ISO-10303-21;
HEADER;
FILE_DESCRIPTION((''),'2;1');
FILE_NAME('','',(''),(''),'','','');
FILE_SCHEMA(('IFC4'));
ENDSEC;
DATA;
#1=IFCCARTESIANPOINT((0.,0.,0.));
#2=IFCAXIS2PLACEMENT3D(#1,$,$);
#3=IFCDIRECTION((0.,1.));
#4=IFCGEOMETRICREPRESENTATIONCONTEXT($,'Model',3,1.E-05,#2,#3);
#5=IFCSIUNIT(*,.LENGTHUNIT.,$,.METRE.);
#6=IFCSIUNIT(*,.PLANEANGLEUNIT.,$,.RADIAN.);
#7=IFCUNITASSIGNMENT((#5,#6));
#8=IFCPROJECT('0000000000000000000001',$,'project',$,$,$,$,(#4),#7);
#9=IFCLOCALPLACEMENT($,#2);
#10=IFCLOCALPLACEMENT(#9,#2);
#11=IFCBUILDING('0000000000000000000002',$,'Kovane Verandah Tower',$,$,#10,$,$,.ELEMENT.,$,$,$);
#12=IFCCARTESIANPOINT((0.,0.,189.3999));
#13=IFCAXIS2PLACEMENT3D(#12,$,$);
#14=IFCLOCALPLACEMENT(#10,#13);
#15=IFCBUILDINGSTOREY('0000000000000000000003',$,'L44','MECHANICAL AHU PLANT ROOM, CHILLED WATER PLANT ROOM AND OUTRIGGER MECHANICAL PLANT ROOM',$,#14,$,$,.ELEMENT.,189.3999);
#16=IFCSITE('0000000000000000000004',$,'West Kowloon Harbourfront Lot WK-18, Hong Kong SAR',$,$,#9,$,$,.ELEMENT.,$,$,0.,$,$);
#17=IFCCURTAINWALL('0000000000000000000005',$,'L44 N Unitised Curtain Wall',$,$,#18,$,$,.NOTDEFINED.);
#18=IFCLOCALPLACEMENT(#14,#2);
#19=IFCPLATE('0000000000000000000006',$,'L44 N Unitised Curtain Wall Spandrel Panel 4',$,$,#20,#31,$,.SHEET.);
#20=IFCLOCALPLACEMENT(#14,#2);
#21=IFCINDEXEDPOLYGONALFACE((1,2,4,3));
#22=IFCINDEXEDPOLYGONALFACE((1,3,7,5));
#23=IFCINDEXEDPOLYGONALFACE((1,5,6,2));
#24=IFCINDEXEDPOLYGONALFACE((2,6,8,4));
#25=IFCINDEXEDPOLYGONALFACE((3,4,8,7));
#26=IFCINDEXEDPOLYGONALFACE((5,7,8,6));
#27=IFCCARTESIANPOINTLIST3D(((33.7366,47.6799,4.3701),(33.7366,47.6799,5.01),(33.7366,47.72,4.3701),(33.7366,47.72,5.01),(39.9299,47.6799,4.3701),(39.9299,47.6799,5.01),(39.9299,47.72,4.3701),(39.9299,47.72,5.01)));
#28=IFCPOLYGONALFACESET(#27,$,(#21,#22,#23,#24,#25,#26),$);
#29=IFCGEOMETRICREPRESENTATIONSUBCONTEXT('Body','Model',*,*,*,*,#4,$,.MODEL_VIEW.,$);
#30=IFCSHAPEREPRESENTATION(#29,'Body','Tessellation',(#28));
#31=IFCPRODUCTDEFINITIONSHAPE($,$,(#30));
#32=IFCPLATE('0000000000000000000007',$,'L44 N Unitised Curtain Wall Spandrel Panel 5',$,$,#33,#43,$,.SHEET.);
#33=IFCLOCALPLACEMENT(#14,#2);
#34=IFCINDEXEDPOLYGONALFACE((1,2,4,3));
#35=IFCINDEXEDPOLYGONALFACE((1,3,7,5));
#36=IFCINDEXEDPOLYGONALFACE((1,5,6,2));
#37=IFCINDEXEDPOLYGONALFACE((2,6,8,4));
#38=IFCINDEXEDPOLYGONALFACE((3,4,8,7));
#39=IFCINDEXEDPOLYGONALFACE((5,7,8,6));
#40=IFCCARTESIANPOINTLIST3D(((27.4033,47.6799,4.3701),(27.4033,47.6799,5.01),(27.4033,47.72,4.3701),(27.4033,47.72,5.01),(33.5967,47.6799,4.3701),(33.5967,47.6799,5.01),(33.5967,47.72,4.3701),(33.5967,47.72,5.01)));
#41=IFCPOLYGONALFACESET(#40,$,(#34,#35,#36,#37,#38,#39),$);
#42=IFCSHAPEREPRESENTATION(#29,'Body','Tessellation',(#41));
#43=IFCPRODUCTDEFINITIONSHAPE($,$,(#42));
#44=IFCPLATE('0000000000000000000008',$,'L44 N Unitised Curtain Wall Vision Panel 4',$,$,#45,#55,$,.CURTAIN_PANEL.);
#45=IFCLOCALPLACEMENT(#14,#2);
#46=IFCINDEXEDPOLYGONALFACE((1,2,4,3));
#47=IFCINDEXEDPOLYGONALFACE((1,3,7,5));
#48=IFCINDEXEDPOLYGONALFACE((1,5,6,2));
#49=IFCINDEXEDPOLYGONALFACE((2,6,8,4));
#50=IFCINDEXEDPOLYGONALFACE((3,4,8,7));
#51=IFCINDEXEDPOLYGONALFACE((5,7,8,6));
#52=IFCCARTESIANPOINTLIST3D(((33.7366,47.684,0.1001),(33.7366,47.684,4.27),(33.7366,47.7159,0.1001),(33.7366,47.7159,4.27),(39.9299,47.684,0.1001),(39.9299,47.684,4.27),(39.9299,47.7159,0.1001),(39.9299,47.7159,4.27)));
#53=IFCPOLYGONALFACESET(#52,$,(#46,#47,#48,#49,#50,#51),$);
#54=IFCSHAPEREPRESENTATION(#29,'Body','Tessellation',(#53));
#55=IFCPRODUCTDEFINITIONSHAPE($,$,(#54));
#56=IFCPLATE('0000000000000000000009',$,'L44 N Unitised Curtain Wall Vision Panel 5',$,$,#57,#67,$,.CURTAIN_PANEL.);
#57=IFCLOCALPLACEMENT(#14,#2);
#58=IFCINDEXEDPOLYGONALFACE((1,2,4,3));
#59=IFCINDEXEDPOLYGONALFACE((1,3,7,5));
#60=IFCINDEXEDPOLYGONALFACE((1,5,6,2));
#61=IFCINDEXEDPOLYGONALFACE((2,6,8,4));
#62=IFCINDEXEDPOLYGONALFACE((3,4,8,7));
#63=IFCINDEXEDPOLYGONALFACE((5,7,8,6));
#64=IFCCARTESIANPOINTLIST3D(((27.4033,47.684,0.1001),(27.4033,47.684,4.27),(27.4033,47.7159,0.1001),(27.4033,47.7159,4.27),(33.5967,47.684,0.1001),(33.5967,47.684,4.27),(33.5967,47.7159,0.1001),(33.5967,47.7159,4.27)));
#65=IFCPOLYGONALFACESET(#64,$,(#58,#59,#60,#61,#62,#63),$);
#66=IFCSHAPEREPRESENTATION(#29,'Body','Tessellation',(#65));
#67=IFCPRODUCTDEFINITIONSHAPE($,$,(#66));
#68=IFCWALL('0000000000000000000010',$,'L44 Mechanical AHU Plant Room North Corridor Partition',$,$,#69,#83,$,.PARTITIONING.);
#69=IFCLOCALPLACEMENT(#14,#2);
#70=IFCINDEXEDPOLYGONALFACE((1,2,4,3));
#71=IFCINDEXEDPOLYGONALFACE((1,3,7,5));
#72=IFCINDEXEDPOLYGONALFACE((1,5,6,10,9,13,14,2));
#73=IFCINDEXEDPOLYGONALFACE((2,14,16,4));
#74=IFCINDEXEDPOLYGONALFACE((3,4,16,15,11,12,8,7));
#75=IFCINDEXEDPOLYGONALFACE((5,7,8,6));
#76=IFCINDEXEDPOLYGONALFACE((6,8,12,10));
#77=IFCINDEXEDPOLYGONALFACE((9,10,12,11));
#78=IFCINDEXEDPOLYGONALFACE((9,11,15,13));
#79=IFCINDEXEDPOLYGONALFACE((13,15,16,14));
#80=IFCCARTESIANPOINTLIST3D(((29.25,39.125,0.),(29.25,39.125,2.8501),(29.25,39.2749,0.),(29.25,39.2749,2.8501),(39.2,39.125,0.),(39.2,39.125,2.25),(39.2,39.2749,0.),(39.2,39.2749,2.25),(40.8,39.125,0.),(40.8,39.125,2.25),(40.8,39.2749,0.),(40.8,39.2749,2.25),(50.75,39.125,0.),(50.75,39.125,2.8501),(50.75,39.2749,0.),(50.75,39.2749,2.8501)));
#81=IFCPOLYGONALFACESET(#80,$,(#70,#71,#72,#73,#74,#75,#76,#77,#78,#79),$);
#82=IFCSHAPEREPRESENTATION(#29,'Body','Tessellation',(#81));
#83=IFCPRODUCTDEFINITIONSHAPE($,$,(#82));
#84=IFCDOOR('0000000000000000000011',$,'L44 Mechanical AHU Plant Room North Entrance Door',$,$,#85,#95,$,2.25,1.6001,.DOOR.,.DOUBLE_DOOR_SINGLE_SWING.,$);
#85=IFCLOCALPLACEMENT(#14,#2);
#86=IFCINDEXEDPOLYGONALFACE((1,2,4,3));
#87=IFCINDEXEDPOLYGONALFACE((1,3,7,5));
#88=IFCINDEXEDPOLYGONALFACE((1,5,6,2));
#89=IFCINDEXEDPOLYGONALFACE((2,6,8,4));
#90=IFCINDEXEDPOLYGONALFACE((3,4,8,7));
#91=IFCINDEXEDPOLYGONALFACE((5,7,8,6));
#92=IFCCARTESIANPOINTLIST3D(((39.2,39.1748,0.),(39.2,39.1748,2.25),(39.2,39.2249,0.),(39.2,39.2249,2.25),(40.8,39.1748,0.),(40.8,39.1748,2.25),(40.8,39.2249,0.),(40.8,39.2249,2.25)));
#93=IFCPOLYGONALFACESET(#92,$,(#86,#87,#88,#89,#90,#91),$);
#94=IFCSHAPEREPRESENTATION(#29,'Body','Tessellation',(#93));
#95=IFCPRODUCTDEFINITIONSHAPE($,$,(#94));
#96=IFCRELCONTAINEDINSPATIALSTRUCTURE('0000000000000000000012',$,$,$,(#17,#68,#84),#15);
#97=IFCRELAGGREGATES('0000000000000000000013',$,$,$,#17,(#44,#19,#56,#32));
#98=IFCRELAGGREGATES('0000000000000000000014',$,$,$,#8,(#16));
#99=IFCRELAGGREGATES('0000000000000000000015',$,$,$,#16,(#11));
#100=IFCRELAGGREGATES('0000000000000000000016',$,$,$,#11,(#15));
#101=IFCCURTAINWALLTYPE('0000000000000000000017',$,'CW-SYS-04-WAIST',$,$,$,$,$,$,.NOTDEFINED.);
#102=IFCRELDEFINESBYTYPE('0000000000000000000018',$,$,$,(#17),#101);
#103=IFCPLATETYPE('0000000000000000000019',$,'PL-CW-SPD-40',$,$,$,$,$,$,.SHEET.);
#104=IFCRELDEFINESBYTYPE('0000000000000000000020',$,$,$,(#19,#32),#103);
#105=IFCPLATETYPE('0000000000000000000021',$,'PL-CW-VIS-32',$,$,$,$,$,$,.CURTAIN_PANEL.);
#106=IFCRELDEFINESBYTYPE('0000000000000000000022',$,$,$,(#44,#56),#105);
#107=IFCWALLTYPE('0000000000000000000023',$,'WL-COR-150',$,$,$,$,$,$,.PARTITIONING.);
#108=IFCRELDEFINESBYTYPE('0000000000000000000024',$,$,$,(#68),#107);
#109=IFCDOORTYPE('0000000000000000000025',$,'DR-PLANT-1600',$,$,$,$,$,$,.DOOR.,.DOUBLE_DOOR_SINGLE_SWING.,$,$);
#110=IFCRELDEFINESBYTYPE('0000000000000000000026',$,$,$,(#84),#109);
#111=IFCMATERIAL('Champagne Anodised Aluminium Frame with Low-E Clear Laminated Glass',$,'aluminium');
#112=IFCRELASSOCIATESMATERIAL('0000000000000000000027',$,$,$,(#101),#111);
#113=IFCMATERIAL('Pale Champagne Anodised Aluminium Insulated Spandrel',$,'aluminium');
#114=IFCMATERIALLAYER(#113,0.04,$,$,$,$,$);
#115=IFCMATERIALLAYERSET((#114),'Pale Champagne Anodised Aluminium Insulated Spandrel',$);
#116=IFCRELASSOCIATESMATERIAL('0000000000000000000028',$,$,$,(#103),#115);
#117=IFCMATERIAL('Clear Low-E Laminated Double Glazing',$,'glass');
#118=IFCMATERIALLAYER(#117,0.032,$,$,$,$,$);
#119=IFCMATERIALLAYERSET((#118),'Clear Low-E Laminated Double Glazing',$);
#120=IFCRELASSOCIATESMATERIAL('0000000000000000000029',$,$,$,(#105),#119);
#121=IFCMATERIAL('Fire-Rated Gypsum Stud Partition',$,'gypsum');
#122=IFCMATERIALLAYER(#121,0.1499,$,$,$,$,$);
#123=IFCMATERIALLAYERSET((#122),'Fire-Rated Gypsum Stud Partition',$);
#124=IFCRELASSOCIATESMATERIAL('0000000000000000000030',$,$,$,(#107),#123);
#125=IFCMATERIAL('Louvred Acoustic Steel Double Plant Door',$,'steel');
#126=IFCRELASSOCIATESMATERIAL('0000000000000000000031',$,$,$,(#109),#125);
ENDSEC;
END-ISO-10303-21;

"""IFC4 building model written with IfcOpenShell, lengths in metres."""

from ifc_helpers import new_model, si_unit, direction, frame, frame_2d, origin, origin_2d, place, context, subcontext, project, spatial, rectangle, extrude, material, layer, layer_set, type_object, element, fill, aggregate, save


model = new_model("IFC4")

# Units and contexts
model_context = context("Model", 3, precision=1e-05, world=origin(), true_north=direction((0.0, 1.0)))
body_context = subcontext(model_context, "Body", "Model", "MODEL_VIEW")
ifc_project = project(units=[si_unit("LENGTHUNIT", "METRE"), si_unit("PLANEANGLEUNIT", "RADIAN")], contexts=[model_context])

# Site, building, storey
site_placement = place(None, origin())
site = spatial("IfcSite", under=ifc_project, at=site_placement, Name="West Kowloon Harbourfront Lot WK-18, Hong Kong SAR", CompositionType="ELEMENT", RefElevation=0.0)
building_placement = place(site_placement, origin())
building = spatial("IfcBuilding", under=site, at=building_placement, Name="Kovane Verandah Tower", CompositionType="ELEMENT")
storey_placement = place(building_placement, frame((0.0, 0.0, 189.3999)))
storey = spatial("IfcBuildingStorey", under=building, at=storey_placement, Name="L44", Description="MECHANICAL AHU PLANT ROOM, CHILLED WATER PLANT ROOM AND OUTRIGGER MECHANICAL PLANT ROOM", CompositionType="ELEMENT", Elevation=189.3999)

# Curtain wall
ifc_material_1 = material(Name="Champagne Anodised Aluminium Frame with Low-E Clear Laminated Glass", Category="aluminium")
curtain_wall_type = type_object("IfcCurtainWallType", Name="CW-SYS-04-WAIST", PredefinedType="NOTDEFINED", material=ifc_material_1)
curtain_wall_placement = place(storey_placement, origin())
curtain_wall = element("IfcCurtainWall", 1, at=curtain_wall_placement, inside=storey, type_object=curtain_wall_type, Name="L44 N Unitised Curtain Wall", PredefinedType="NOTDEFINED")

# Plates
ifc_material_2 = material(Name="Pale Champagne Anodised Aluminium Insulated Spandrel", Category="aluminium")
ifc_layer_1 = layer(ifc_material_2, 0.04)
ifc_layer_set_1 = layer_set([ifc_layer_1], Name="Pale Champagne Anodised Aluminium Insulated Spandrel")
plate_type_1 = type_object("IfcPlateType", Name="PL-CW-SPD-40", PredefinedType="SHEET", material=ifc_layer_set_1)
plate_1_placement = place(storey_placement, frame((36.8333, 47.7, 4.3701), z_axis=(0.0, 0.0, 1.0), x_axis=(-1.0, 0.0, 0.0)))
plate_1 = element("IfcPlate", 2, at=plate_1_placement, type_object=plate_type_1, Name="L44 N Unitised Curtain Wall Spandrel Panel 4", PredefinedType="SHEET", context=body_context, shape_type="SweptSolid", body=[
    extrude(rectangle(XDim=6.1934, YDim=0.04, at=origin_2d()), origin(), (0.0, 0.0, 1.0), 0.6399),
])
plate_2_placement = place(storey_placement, frame((30.5, 47.7, 4.3701), z_axis=(0.0, 0.0, 1.0), x_axis=(-1.0, 0.0, 0.0)))
plate_2 = element("IfcPlate", 3, at=plate_2_placement, type_object=plate_type_1, Name="L44 N Unitised Curtain Wall Spandrel Panel 5", PredefinedType="SHEET", context=body_context, shape_type="SweptSolid", body=[
    extrude(rectangle(XDim=6.1934, YDim=0.04, at=origin_2d()), origin(), (0.0, 0.0, 1.0), 0.6399),
])
ifc_material_3 = material(Name="Clear Low-E Laminated Double Glazing", Category="glass")
ifc_layer_2 = layer(ifc_material_3, 0.032)
ifc_layer_set_2 = layer_set([ifc_layer_2], Name="Clear Low-E Laminated Double Glazing")
plate_type_2 = type_object("IfcPlateType", Name="PL-CW-VIS-32", PredefinedType="CURTAIN_PANEL", material=ifc_layer_set_2)
plate_3_placement = place(storey_placement, frame((36.8333, 47.7, 0.1001), z_axis=(0.0, 0.0, 1.0), x_axis=(-1.0, 0.0, 0.0)))
plate_3 = element("IfcPlate", 4, at=plate_3_placement, type_object=plate_type_2, Name="L44 N Unitised Curtain Wall Vision Panel 4", PredefinedType="CURTAIN_PANEL", context=body_context, shape_type="SweptSolid", body=[
    extrude(rectangle(XDim=6.1934, YDim=0.032, at=origin_2d()), origin(), (0.0, 0.0, 1.0), 4.1699),
])
plate_4_placement = place(storey_placement, frame((30.5, 47.7, 0.1001), z_axis=(0.0, 0.0, 1.0), x_axis=(-1.0, 0.0, 0.0)))
plate_4 = element("IfcPlate", 5, at=plate_4_placement, type_object=plate_type_2, Name="L44 N Unitised Curtain Wall Vision Panel 5", PredefinedType="CURTAIN_PANEL", context=body_context, shape_type="SweptSolid", body=[
    extrude(rectangle(XDim=6.1934, YDim=0.032, at=origin_2d()), origin(), (0.0, 0.0, 1.0), 4.1699),
])
aggregate(curtain_wall, [plate_3, plate_1, plate_4, plate_2])

# Wall, opening, door
ifc_material_4 = material(Name="Fire-Rated Gypsum Stud Partition", Category="gypsum")
ifc_layer_3 = layer(ifc_material_4, 0.1499)
ifc_layer_set_3 = layer_set([ifc_layer_3], Name="Fire-Rated Gypsum Stud Partition")
wall_type_1 = type_object("IfcWallType", Name="WL-COR-150", PredefinedType="PARTITIONING", material=ifc_layer_set_3)
wall_1_placement = place(storey_placement, frame((29.25, 39.2, 0.0), z_axis=(0.0, 0.0, 1.0), x_axis=(1.0, 0.0, 0.0)))
wall_1 = element("IfcWall", 6, at=wall_1_placement, inside=storey, type_object=wall_type_1, Name="L44 Mechanical AHU Plant Room North Corridor Partition", PredefinedType="PARTITIONING", context=body_context, shape_type="SweptSolid", body=[
    extrude(rectangle(XDim=21.5, YDim=0.1499, at=frame_2d((10.75, 0.0))), origin(), (0.0, 0.0, 1.0), 2.8501),
])
opening_1_placement = place(wall_1_placement, frame((9.95, 0.0, 0.0)))
opening_1 = element("IfcOpeningElement", 7, at=opening_1_placement, cuts=wall_1, PredefinedType="OPENING", context=body_context, shape_type="SweptSolid", body=[
    extrude(rectangle(XDim=1.6001, YDim=2.25, at=frame_2d((0.8, 1.125))), frame((0.0, 0.075, 0.0), z_axis=(0.0, -1.0, 0.0), x_axis=(1.0, 0.0, 0.0)), (0.0, 0.0, 1.0), 0.1499),
])
ifc_material_5 = material(Name="Louvred Acoustic Steel Double Plant Door", Category="steel")
door_type_1 = type_object("IfcDoorType", Name="DR-PLANT-1600", OperationType="DOUBLE_DOOR_SINGLE_SWING", PredefinedType="DOOR", material=ifc_material_5)
door_1_placement = place(opening_1_placement, origin())
door_1 = element("IfcDoor", 8, at=door_1_placement, inside=storey, type_object=door_type_1, Name="L44 Mechanical AHU Plant Room North Entrance Door", OperationType="DOUBLE_DOOR_SINGLE_SWING", OverallHeight=2.25, OverallWidth=1.6001, PredefinedType="DOOR", context=body_context, shape_type="SweptSolid", body=[
    extrude(rectangle(XDim=1.6001, YDim=2.25, at=frame_2d((0.8, 1.125))), frame((0.0, 0.0249, 0.0), z_axis=(0.0, -1.0, 0.0), x_axis=(1.0, 0.0, 0.0)), (0.0, 0.0, 1.0), 0.05),
])
fill(opening_1, door_1)

save(model, "model.ifc")
